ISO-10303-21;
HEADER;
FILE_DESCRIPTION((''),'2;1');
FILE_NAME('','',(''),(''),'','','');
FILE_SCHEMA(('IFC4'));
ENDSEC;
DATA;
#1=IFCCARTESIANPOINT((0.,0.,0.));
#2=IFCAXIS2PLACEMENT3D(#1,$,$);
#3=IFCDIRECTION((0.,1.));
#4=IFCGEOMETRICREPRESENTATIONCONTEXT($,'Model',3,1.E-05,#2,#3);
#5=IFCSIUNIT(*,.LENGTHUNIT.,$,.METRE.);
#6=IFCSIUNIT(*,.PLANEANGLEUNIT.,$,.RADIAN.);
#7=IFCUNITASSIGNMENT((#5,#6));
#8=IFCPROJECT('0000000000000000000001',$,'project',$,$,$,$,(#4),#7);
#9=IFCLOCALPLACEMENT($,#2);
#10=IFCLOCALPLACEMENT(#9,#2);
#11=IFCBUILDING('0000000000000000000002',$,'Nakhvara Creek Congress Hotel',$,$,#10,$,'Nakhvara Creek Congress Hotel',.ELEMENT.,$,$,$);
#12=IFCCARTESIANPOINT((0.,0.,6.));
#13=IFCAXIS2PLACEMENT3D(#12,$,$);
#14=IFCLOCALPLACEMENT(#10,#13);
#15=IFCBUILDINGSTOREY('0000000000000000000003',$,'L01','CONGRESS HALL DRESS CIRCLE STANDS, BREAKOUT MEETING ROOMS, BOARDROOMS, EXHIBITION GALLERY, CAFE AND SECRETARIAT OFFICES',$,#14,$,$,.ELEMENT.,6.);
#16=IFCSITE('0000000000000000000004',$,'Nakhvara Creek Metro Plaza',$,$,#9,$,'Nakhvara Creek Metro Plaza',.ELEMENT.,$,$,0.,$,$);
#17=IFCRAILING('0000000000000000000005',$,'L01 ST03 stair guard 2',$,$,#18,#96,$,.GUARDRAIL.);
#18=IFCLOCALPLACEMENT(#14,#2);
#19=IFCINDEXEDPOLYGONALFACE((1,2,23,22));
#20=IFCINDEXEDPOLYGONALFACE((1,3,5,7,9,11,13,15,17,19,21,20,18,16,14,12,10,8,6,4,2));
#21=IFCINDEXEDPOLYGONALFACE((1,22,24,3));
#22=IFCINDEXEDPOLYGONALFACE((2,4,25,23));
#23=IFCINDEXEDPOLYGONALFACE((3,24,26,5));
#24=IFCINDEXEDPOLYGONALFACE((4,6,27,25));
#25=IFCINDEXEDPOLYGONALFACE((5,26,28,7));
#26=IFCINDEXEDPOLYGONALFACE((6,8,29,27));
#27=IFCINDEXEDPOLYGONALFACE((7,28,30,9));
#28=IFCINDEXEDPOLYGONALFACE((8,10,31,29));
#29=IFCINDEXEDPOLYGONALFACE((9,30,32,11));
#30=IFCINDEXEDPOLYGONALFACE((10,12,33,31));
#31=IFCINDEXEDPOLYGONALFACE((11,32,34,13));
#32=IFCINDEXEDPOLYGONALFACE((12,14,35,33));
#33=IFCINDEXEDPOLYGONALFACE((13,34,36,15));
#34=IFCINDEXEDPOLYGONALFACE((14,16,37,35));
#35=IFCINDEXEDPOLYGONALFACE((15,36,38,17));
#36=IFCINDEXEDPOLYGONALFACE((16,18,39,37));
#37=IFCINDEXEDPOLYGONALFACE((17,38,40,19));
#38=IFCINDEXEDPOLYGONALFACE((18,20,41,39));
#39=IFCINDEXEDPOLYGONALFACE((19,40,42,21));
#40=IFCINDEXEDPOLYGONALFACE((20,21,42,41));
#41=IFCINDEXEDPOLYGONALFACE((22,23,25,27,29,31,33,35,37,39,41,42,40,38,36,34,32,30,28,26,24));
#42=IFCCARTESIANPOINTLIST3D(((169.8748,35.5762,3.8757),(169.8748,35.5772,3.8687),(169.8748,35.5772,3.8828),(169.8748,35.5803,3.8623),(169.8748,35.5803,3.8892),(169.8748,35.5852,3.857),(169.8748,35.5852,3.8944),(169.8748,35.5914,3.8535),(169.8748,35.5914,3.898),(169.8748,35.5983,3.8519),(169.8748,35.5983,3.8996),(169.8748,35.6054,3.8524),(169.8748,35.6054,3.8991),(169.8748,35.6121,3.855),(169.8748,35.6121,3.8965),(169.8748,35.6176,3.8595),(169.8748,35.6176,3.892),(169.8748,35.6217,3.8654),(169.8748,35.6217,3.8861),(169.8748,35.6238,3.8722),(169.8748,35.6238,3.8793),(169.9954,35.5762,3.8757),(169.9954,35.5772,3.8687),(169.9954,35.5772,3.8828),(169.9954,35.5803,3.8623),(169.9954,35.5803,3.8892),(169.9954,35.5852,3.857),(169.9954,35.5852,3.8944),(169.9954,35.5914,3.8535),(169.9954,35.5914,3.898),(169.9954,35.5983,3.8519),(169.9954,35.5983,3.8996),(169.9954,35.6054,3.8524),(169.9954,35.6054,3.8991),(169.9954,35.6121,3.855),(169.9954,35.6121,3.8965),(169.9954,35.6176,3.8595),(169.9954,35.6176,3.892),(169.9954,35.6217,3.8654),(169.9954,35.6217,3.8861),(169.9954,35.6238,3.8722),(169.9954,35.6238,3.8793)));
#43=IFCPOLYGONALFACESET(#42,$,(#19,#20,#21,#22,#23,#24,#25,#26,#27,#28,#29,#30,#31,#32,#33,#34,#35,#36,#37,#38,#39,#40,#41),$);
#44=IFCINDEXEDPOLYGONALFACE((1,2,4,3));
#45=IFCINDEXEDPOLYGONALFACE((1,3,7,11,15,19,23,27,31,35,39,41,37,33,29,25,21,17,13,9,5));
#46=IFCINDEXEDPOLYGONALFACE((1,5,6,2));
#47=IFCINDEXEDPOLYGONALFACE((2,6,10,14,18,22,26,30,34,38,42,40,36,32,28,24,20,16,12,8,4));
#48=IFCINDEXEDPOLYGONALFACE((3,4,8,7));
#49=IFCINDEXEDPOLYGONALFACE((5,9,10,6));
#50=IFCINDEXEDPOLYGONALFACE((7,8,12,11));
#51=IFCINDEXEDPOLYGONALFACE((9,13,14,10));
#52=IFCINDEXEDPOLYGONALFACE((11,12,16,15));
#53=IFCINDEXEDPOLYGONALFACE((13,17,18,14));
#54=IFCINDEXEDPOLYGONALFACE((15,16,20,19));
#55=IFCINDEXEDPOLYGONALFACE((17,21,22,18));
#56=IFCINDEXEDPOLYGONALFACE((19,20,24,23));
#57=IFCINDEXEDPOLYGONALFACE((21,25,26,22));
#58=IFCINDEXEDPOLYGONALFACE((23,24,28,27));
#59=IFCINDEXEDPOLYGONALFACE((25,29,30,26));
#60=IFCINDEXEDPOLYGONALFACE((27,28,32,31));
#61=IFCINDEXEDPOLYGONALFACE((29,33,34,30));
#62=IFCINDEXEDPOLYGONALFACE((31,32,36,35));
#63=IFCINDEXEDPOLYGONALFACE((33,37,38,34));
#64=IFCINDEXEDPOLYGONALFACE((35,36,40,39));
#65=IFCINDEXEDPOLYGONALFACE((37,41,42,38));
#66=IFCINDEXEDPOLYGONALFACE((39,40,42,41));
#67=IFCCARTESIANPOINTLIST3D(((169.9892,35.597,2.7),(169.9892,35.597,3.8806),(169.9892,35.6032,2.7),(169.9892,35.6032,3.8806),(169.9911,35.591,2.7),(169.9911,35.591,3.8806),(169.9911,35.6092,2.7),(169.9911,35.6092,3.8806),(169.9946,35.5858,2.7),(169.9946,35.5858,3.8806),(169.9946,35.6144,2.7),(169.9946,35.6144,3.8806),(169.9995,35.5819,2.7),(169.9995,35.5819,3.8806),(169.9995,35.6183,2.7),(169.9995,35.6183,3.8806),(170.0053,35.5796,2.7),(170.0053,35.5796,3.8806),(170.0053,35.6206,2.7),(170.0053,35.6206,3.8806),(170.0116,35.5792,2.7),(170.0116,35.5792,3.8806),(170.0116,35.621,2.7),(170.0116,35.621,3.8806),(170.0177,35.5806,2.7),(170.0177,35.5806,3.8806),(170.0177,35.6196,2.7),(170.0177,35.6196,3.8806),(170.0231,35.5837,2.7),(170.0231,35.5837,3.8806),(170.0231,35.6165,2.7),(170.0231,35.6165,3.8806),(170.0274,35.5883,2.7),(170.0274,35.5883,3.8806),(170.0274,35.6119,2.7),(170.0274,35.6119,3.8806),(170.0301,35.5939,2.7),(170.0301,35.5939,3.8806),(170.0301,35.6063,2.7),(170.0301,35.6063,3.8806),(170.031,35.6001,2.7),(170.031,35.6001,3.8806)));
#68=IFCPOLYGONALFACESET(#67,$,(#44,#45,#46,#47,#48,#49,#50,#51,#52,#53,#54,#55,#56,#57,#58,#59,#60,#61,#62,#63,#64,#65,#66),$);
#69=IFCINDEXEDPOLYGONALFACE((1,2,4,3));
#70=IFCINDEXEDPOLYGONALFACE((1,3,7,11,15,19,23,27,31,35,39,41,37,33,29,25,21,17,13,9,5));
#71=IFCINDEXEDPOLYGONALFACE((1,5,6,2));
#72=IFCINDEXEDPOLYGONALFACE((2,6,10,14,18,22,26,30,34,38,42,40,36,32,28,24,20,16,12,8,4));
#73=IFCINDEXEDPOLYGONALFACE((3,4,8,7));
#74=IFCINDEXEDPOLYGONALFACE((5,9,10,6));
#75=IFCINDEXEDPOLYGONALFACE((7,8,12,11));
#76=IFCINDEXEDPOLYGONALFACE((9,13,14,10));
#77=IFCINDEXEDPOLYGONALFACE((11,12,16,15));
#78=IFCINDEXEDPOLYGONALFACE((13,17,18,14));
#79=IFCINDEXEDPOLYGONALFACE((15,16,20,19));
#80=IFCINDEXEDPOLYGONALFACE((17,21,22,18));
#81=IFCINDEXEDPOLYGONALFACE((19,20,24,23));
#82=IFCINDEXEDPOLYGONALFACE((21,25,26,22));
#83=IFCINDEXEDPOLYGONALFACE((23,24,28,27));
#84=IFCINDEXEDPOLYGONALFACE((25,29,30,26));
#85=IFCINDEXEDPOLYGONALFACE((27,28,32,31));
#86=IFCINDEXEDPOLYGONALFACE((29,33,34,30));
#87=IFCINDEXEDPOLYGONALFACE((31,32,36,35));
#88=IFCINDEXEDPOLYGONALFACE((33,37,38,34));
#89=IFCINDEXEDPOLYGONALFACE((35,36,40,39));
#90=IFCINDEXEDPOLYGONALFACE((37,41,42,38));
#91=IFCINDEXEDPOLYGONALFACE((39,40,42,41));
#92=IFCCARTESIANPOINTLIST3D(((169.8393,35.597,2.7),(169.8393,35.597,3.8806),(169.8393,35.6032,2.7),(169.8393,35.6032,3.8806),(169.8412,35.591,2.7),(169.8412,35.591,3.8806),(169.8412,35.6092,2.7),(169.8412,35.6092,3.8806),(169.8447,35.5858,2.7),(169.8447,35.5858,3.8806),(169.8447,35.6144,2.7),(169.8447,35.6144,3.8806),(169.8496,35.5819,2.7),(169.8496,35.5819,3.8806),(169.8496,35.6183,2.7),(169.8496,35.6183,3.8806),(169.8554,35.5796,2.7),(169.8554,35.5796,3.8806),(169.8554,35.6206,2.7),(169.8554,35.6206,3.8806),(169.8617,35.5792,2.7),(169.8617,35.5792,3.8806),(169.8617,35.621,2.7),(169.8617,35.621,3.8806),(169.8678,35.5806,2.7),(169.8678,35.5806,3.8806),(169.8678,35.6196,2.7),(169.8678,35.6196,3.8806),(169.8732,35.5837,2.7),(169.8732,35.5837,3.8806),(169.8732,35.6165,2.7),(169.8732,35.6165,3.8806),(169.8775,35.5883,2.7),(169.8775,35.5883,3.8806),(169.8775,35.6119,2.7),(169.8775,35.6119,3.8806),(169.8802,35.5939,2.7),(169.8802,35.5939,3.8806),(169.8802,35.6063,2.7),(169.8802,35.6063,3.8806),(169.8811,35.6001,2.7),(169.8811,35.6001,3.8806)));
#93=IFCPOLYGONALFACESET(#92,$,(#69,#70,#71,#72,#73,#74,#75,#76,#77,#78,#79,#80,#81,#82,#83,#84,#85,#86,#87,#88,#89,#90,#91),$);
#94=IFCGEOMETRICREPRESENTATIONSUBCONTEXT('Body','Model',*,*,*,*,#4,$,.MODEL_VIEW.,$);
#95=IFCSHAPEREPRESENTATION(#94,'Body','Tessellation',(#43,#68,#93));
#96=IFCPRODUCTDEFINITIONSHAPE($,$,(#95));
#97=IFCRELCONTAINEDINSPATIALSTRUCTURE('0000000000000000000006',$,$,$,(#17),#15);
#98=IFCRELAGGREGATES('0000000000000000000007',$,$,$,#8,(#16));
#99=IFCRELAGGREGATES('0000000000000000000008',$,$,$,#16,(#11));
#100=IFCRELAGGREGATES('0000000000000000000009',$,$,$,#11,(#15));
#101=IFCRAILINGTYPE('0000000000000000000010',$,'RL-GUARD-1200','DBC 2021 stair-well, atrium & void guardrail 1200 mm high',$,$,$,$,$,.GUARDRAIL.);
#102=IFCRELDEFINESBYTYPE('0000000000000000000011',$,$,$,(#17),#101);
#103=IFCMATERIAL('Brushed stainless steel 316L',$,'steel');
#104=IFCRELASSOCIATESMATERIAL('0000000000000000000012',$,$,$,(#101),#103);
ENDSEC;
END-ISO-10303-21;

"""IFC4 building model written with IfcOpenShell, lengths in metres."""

from ifc_helpers import new_model, si_unit, direction, frame, origin, origin_2d, place, context, subcontext, project, spatial, circle, extrude, material, type_object, element, save


model = new_model("IFC4")

# Units and contexts
model_context = context("Model", 3, precision=1e-05, world=origin(), true_north=direction((0.0, 1.0)))
body_context = subcontext(model_context, "Body", "Model", "MODEL_VIEW")
ifc_project = project(units=[si_unit("LENGTHUNIT", "METRE"), si_unit("PLANEANGLEUNIT", "RADIAN")], contexts=[model_context])

# Site, building, storey
site_placement = place(None, origin())
site = spatial("IfcSite", under=ifc_project, at=site_placement, Name="Nakhvara Creek Metro Plaza", LongName="Nakhvara Creek Metro Plaza", CompositionType="ELEMENT", RefElevation=0.0)
building_placement = place(site_placement, origin())
building = spatial("IfcBuilding", under=site, at=building_placement, Name="Nakhvara Creek Congress Hotel", LongName="Nakhvara Creek Congress Hotel", CompositionType="ELEMENT")
storey_placement = place(building_placement, frame((0.0, 0.0, 6.0)))
storey = spatial("IfcBuildingStorey", under=building, at=storey_placement, Name="L01", Description="CONGRESS HALL DRESS CIRCLE STANDS, BREAKOUT MEETING ROOMS, BOARDROOMS, EXHIBITION GALLERY, CAFE AND SECRETARIAT OFFICES", CompositionType="ELEMENT", Elevation=6.0)

# Railing
ifc_material_1 = material(Name="Brushed stainless steel 316L", Category="steel")
railing_type_1 = type_object("IfcRailingType", Name="RL-GUARD-1200", Description="DBC 2021 stair-well, atrium & void guardrail 1200 mm high", PredefinedType="GUARDRAIL", material=ifc_material_1)
railing_1_placement = place(storey_placement, frame((170.01, 35.6001, 2.7)))
element("IfcRailing", 1, at=railing_1_placement, inside=storey, type_object=railing_type_1, Name="L01 ST03 stair guard 2", PredefinedType="GUARDRAIL", context=body_context, shape_type="SweptSolid", body=[
    extrude(circle(Radius=0.0239, at=origin_2d()), frame((-0.0146, 0.0, 1.1758), z_axis=(-1.0, 0.0, 0.0), x_axis=(0.0, -1.0, 0.0)), (0.0, 0.0, 1.0), 0.1206),
    extrude(circle(Radius=0.021, at=origin_2d()), origin(), (0.0, 0.0, 1.0), 1.1807),
    extrude(circle(Radius=0.021, at=origin_2d()), frame((-0.1499, 0.0, 0.0)), (0.0, 0.0, 1.0), 1.1807),
])

save(model, "model.ifc")
